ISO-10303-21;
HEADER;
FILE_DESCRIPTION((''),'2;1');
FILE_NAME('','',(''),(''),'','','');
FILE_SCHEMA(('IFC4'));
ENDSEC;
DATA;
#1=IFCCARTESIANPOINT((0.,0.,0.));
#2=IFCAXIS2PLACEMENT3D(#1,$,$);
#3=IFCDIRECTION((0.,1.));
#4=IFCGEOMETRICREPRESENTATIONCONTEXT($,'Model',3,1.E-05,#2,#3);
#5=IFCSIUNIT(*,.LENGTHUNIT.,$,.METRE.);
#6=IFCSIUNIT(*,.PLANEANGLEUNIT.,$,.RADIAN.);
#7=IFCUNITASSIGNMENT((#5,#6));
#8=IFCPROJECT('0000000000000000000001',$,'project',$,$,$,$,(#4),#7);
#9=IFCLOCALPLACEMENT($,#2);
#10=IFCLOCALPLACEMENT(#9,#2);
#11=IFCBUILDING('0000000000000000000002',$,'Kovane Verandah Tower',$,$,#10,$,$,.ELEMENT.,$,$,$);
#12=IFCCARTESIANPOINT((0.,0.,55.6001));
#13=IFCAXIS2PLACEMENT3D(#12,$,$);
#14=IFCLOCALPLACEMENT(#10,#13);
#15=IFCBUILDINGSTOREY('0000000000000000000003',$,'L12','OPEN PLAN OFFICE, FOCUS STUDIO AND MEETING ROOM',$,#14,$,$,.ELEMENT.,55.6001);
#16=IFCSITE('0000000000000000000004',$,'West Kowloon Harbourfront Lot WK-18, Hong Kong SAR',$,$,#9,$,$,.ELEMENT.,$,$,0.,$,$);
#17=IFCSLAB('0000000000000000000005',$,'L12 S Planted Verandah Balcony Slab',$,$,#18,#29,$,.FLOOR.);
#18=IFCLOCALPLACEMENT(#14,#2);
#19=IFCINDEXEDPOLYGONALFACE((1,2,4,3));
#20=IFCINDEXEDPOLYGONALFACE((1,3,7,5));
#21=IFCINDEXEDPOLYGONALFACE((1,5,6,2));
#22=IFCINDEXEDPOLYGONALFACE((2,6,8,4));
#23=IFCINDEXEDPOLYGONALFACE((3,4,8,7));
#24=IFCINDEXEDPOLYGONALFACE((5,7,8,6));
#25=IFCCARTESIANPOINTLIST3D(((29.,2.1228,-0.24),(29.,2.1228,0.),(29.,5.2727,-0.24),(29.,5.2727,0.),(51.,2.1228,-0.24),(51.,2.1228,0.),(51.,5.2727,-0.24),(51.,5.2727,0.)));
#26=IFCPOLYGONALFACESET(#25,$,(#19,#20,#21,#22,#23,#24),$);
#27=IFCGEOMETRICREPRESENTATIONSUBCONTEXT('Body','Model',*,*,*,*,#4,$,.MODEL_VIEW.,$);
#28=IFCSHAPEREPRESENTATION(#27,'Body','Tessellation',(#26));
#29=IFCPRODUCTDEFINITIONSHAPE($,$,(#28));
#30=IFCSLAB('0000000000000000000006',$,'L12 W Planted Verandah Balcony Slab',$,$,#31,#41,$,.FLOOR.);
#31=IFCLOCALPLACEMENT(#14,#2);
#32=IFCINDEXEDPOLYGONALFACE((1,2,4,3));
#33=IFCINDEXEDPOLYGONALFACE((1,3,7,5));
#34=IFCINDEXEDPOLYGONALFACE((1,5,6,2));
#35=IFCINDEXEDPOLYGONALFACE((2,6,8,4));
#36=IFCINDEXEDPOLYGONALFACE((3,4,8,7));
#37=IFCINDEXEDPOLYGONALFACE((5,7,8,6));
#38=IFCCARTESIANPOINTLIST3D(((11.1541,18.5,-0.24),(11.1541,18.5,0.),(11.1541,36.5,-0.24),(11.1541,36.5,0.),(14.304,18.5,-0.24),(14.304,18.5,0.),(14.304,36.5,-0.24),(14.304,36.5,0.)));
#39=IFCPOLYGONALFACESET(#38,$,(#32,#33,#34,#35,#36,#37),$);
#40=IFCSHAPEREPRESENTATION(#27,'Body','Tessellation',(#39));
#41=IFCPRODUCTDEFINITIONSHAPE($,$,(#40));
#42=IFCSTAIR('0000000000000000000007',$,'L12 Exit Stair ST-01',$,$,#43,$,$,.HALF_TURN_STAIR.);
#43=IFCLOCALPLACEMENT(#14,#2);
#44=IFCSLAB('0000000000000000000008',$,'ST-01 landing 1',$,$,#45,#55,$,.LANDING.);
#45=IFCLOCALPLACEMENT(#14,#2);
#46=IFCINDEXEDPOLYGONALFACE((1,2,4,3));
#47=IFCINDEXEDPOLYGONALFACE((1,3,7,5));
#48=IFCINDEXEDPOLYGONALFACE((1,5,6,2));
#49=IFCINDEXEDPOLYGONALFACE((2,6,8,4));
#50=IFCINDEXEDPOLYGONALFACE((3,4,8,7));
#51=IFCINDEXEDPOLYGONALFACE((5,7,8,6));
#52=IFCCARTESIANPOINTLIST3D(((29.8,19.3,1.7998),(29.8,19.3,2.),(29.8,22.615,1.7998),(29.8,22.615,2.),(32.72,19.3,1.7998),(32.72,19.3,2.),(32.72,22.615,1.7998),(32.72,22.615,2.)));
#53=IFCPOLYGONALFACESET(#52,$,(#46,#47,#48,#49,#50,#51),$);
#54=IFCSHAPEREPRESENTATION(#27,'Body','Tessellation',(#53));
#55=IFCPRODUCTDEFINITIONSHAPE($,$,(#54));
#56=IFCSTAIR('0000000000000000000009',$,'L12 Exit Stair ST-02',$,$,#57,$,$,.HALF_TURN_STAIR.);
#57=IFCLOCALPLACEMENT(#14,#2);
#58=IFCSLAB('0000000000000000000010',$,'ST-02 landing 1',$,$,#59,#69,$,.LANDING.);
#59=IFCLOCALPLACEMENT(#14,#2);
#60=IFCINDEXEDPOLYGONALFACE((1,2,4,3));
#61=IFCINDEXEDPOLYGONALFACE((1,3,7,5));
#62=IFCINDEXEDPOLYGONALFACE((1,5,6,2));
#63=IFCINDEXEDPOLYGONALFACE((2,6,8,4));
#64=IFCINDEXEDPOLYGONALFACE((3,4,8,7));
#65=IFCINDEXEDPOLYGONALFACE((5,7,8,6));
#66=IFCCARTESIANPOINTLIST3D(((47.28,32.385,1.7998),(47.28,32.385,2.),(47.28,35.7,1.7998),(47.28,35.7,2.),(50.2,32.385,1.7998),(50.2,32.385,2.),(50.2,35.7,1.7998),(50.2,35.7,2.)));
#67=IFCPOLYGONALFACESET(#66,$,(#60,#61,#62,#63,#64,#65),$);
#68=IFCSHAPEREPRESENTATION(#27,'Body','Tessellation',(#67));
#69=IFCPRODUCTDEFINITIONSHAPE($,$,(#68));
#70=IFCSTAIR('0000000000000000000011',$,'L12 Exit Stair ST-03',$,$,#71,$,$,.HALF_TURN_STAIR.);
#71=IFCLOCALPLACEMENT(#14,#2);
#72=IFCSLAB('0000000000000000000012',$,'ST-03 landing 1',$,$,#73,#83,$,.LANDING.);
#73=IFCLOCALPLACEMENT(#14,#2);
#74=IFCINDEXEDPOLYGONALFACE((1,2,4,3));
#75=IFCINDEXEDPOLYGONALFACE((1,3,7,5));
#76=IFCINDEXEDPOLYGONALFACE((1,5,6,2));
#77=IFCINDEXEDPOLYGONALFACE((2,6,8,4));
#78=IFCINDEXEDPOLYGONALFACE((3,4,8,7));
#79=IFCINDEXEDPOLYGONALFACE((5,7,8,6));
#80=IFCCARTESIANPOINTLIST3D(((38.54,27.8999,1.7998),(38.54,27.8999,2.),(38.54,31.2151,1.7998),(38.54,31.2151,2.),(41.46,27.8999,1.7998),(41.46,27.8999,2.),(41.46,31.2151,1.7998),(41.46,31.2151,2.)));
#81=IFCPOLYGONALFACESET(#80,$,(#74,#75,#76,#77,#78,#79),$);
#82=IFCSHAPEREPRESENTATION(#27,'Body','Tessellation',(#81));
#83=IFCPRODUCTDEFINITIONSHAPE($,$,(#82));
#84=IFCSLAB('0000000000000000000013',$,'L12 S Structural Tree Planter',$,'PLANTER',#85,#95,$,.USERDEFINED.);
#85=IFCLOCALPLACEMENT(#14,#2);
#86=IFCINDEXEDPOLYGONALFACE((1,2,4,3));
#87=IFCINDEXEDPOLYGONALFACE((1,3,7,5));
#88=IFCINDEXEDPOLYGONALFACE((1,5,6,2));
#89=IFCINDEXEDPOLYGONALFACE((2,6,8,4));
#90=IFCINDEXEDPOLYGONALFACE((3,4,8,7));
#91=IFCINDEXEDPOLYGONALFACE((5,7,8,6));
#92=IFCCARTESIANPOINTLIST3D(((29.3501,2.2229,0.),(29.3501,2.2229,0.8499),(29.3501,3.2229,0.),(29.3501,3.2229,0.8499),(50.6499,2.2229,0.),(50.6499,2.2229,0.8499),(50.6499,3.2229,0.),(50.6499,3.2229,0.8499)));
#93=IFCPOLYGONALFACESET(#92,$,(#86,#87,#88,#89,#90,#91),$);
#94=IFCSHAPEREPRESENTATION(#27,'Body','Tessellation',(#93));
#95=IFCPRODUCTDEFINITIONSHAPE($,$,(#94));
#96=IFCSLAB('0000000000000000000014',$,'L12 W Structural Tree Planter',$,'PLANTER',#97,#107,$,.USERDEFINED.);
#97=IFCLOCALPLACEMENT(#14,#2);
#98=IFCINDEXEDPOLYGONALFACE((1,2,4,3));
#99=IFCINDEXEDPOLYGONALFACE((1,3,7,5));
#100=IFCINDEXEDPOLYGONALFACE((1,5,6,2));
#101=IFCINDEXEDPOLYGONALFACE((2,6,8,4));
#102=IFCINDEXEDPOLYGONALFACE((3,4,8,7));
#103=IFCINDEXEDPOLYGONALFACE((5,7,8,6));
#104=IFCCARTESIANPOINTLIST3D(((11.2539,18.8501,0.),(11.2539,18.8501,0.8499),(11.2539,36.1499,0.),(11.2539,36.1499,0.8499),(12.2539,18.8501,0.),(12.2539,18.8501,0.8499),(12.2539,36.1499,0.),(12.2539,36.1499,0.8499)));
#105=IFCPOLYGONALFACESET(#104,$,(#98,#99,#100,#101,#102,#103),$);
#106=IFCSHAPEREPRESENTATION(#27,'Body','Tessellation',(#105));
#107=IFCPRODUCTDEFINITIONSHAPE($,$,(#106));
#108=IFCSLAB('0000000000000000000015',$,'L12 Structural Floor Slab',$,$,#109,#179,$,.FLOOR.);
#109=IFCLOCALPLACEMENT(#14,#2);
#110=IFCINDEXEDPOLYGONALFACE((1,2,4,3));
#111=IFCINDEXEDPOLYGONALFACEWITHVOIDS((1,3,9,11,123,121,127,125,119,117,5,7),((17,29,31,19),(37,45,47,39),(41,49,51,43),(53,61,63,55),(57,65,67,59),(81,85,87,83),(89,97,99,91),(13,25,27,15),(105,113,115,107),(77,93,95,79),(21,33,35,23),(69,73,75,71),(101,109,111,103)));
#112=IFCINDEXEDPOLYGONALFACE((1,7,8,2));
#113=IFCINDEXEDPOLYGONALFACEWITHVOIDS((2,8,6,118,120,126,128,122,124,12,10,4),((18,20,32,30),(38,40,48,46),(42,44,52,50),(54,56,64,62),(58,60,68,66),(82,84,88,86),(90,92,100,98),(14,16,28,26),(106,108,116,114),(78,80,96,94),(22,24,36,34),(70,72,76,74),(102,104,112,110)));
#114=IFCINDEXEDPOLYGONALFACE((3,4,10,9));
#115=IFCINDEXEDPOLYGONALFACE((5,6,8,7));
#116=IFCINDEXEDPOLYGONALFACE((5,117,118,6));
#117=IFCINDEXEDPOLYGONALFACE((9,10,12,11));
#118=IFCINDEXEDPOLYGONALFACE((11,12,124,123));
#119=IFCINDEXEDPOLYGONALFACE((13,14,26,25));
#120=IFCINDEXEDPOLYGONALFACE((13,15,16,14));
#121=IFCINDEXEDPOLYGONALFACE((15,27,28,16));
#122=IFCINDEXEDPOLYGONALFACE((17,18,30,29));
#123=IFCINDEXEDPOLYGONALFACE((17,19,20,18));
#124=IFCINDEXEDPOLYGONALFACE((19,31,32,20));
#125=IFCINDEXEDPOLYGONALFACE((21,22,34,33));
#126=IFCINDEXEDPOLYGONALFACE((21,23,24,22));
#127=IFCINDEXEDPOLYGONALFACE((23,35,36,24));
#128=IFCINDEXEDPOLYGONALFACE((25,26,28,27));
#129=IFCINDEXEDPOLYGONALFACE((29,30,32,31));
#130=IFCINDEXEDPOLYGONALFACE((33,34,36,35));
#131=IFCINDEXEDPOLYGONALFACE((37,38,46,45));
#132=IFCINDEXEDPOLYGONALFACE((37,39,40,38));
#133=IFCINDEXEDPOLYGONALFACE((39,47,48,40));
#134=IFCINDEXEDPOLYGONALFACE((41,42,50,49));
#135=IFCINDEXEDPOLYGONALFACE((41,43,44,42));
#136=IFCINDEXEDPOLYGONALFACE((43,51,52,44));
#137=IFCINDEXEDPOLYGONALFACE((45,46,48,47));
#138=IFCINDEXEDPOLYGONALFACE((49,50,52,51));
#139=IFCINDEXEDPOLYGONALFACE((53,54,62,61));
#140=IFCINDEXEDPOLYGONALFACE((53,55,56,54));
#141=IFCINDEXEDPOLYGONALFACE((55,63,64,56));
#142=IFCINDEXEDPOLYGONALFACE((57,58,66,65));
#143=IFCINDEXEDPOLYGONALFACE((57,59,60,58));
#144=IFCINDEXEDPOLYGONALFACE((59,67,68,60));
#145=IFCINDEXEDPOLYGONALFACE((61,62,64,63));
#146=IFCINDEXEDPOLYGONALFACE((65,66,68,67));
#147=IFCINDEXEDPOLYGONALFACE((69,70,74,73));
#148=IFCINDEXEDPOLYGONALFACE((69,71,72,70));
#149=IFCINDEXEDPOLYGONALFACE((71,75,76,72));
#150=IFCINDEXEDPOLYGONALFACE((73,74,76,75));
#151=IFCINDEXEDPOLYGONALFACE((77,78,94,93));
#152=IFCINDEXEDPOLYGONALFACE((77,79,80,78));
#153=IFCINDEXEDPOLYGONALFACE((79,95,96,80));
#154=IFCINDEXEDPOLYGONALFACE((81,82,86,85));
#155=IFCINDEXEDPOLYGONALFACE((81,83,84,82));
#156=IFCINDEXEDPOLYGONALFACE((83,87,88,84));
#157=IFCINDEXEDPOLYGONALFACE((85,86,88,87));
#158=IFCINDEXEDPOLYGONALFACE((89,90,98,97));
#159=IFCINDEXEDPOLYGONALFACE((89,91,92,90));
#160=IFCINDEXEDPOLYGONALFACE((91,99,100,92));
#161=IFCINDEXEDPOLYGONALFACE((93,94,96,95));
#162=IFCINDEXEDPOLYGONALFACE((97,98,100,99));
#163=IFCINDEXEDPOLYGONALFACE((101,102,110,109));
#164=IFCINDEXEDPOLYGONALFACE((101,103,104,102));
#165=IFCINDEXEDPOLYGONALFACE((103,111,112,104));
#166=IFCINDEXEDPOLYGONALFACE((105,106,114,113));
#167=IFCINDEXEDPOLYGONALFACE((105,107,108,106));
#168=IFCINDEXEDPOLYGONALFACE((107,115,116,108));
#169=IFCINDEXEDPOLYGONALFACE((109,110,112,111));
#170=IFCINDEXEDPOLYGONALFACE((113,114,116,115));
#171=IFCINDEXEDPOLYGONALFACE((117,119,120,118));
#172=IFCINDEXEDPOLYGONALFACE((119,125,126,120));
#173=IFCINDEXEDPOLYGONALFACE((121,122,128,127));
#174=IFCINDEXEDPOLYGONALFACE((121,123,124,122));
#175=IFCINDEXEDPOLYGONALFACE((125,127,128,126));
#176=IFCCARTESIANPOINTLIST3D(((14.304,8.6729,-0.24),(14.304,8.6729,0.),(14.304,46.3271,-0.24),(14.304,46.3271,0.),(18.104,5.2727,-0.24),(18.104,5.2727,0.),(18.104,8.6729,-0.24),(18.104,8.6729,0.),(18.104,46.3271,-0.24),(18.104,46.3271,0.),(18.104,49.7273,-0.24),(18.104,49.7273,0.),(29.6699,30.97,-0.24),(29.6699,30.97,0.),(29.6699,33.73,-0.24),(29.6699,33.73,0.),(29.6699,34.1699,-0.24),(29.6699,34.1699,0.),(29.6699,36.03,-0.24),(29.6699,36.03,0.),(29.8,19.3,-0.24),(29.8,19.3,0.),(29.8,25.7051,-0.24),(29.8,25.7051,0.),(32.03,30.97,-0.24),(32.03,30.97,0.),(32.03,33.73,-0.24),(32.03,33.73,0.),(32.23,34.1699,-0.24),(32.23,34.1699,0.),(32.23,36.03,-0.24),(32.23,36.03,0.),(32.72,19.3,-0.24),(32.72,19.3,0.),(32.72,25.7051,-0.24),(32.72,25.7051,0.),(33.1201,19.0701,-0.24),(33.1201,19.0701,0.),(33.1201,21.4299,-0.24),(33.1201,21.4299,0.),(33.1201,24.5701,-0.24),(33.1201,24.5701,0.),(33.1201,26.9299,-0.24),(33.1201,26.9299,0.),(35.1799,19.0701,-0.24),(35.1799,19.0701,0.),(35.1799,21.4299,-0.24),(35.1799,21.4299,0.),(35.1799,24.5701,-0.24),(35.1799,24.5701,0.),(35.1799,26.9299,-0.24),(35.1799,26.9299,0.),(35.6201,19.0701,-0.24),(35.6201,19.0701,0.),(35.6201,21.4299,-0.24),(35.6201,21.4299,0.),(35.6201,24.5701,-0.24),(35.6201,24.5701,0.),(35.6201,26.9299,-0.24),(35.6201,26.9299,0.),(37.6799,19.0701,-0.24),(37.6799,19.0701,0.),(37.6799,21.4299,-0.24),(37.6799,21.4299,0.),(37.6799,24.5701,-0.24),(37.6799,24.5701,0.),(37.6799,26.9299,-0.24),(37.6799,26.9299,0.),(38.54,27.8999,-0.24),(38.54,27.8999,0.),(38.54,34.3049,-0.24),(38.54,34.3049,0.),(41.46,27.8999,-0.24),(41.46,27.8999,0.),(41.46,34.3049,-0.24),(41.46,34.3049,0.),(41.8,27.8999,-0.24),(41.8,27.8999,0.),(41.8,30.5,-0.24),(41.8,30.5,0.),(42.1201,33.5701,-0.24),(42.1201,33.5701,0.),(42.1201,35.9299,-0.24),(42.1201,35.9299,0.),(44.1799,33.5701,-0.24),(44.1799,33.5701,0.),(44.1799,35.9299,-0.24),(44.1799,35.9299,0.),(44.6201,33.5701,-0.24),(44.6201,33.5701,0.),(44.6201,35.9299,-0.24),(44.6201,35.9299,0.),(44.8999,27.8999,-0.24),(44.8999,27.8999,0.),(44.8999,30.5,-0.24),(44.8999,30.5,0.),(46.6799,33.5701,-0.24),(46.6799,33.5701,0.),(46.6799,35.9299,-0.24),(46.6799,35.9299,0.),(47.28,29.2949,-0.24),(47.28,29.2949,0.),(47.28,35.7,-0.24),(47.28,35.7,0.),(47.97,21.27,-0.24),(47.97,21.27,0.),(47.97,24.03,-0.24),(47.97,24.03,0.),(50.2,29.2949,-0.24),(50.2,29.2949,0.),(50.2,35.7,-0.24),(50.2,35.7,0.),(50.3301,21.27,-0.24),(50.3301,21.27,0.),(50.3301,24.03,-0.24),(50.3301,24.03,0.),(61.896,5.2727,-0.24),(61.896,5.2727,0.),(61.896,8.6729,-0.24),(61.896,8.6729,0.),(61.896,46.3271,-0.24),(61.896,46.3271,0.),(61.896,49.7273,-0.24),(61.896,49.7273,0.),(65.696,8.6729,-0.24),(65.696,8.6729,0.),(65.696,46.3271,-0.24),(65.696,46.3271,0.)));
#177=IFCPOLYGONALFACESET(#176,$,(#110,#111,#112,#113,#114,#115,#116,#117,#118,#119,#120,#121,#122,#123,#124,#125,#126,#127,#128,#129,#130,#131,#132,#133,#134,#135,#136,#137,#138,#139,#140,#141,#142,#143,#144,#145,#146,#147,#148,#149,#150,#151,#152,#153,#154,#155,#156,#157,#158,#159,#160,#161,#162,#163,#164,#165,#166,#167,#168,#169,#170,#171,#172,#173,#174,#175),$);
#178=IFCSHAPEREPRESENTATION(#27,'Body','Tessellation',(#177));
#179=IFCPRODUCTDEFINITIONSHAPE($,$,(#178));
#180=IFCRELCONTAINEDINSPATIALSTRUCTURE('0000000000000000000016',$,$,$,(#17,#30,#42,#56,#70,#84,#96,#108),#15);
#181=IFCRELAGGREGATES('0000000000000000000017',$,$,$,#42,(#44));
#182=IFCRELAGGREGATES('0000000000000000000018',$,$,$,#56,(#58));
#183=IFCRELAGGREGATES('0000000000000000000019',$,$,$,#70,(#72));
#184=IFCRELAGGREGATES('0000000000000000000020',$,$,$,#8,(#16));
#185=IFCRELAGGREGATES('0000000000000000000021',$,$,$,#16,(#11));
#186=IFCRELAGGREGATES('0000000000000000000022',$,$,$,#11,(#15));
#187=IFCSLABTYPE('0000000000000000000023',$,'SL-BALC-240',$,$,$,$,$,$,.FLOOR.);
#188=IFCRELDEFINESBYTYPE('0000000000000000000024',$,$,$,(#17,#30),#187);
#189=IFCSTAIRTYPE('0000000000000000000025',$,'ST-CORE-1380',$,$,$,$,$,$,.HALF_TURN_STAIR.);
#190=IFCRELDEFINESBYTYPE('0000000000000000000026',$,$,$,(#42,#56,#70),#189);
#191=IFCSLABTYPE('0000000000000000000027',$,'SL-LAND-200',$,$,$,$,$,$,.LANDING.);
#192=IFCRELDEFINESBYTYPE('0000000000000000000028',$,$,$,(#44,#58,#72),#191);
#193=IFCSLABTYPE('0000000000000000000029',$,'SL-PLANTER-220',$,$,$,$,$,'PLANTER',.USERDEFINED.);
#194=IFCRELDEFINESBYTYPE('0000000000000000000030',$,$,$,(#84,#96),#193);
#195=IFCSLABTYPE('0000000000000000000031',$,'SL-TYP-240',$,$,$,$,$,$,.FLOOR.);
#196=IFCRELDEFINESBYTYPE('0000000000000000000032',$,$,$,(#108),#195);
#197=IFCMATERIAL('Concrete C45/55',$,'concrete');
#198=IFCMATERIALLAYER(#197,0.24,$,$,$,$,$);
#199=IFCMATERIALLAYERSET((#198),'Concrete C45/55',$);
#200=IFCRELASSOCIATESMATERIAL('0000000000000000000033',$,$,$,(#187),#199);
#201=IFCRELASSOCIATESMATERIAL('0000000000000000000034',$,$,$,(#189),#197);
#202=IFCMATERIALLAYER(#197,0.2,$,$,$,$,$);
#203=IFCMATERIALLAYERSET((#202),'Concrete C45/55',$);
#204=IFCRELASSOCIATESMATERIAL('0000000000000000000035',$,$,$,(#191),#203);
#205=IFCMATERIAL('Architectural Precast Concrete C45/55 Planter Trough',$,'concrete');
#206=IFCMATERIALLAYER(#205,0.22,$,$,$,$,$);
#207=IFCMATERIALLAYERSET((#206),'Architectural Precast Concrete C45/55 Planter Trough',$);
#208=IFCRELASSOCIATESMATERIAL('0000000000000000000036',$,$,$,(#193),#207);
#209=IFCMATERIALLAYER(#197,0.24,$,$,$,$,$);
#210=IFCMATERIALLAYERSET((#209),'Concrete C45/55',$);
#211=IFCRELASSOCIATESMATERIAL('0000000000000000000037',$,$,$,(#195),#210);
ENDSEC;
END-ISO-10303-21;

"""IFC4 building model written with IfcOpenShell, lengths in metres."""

from ifc_helpers import new_model, si_unit, direction, frame, origin, place, context, subcontext, project, spatial, polyline, outline, extrude, material, layer, layer_set, type_object, element, aggregate, save


model = new_model("IFC4")

# Units and contexts
model_context = context("Model", 3, precision=1e-05, world=origin(), true_north=direction((0.0, 1.0)))
body_context = subcontext(model_context, "Body", "Model", "MODEL_VIEW")
ifc_project = project(units=[si_unit("LENGTHUNIT", "METRE"), si_unit("PLANEANGLEUNIT", "RADIAN")], contexts=[model_context])

# Site, building, storey
site_placement = place(None, origin())
site = spatial("IfcSite", under=ifc_project, at=site_placement, Name="West Kowloon Harbourfront Lot WK-18, Hong Kong SAR", CompositionType="ELEMENT", RefElevation=0.0)
building_placement = place(site_placement, origin())
building = spatial("IfcBuilding", under=site, at=building_placement, Name="Kovane Verandah Tower", CompositionType="ELEMENT")
storey_placement = place(building_placement, frame((0.0, 0.0, 55.6001)))
storey = spatial("IfcBuildingStorey", under=building, at=storey_placement, Name="L12", Description="OPEN PLAN OFFICE, FOCUS STUDIO AND MEETING ROOM", CompositionType="ELEMENT", Elevation=55.6001)

# Slabs
ifc_material_1 = material(Name="Concrete C45/55", Category="concrete")
ifc_layer_1 = layer(ifc_material_1, 0.24)
ifc_layer_set_1 = layer_set([ifc_layer_1], Name="Concrete C45/55")
slab_type_1 = type_object("IfcSlabType", Name="SL-BALC-240", PredefinedType="FLOOR", material=ifc_layer_set_1)
slab_1_placement = place(storey_placement, frame((0.0, 0.0, -0.24)))
element("IfcSlab", 1, at=slab_1_placement, inside=storey, type_object=slab_type_1, Name="L12 S Planted Verandah Balcony Slab", PredefinedType="FLOOR", context=body_context, shape_type="SweptSolid", body=[
    extrude(outline(polyline([(29.0, 2.1228), (51.0, 2.1228), (51.0, 5.2727), (29.0, 5.2727), (29.0, 2.1228)])), origin(), (0.0, 0.0, 1.0), 0.24),
])
slab_2_placement = place(storey_placement, frame((0.0, 0.0, -0.24)))
element("IfcSlab", 2, at=slab_2_placement, inside=storey, type_object=slab_type_1, Name="L12 W Planted Verandah Balcony Slab", PredefinedType="FLOOR", context=body_context, shape_type="SweptSolid", body=[
    extrude(outline(polyline([(11.1541, 18.5), (14.304, 18.5), (14.304, 36.5), (11.1541, 36.5), (11.1541, 18.5)])), origin(), (0.0, 0.0, 1.0), 0.24),
])

# Stairs, slabs
stair_type = type_object("IfcStairType", Name="ST-CORE-1380", PredefinedType="HALF_TURN_STAIR", material=ifc_material_1)
stair_1_placement = place(storey_placement, origin())
stair_1 = element("IfcStair", 3, at=stair_1_placement, inside=storey, type_object=stair_type, Name="L12 Exit Stair ST-01", PredefinedType="HALF_TURN_STAIR")
ifc_layer_2 = layer(ifc_material_1, 0.2)
ifc_layer_set_2 = layer_set([ifc_layer_2], Name="Concrete C45/55")
slab_type_2 = type_object("IfcSlabType", Name="SL-LAND-200", PredefinedType="LANDING", material=ifc_layer_set_2)
slab_3_placement = place(storey_placement, frame((0.0, 0.0, 1.7998)))
slab_3 = element("IfcSlab", 4, at=slab_3_placement, type_object=slab_type_2, Name="ST-01 landing 1", PredefinedType="LANDING", context=body_context, shape_type="SweptSolid", body=[
    extrude(outline(polyline([(29.8, 22.615), (29.8, 19.3), (32.72, 19.3), (32.72, 22.615), (29.8, 22.615)])), origin(), (0.0, 0.0, 1.0), 0.2002),
])
aggregate(stair_1, [slab_3])
stair_2_placement = place(storey_placement, origin())
stair_2 = element("IfcStair", 5, at=stair_2_placement, inside=storey, type_object=stair_type, Name="L12 Exit Stair ST-02", PredefinedType="HALF_TURN_STAIR")
slab_4_placement = place(storey_placement, frame((0.0, 0.0, 1.7998)))
slab_4 = element("IfcSlab", 6, at=slab_4_placement, type_object=slab_type_2, Name="ST-02 landing 1", PredefinedType="LANDING", context=body_context, shape_type="SweptSolid", body=[
    extrude(outline(polyline([(50.2, 32.385), (50.2, 35.7), (47.28, 35.7), (47.28, 32.385), (50.2, 32.385)])), origin(), (0.0, 0.0, 1.0), 0.2002),
])
aggregate(stair_2, [slab_4])
stair_3_placement = place(storey_placement, origin())
stair_3 = element("IfcStair", 7, at=stair_3_placement, inside=storey, type_object=stair_type, Name="L12 Exit Stair ST-03", PredefinedType="HALF_TURN_STAIR")
slab_5_placement = place(storey_placement, frame((0.0, 0.0, 1.7998)))
slab_5 = element("IfcSlab", 8, at=slab_5_placement, type_object=slab_type_2, Name="ST-03 landing 1", PredefinedType="LANDING", context=body_context, shape_type="SweptSolid", body=[
    extrude(outline(polyline([(38.54, 31.2151), (38.54, 27.8999), (41.46, 27.8999), (41.46, 31.2151), (38.54, 31.2151)])), origin(), (0.0, 0.0, 1.0), 0.2002),
])
aggregate(stair_3, [slab_5])

# Slabs
ifc_material_2 = material(Name="Architectural Precast Concrete C45/55 Planter Trough", Category="concrete")
ifc_layer_3 = layer(ifc_material_2, 0.22)
ifc_layer_set_3 = layer_set([ifc_layer_3], Name="Architectural Precast Concrete C45/55 Planter Trough")
slab_type_3 = type_object("IfcSlabType", Name="SL-PLANTER-220", ElementType="PLANTER", PredefinedType="USERDEFINED", material=ifc_layer_set_3)
slab_6_placement = place(storey_placement, origin())
element("IfcSlab", 9, at=slab_6_placement, inside=storey, type_object=slab_type_3, Name="L12 S Structural Tree Planter", ObjectType="PLANTER", PredefinedType="USERDEFINED", context=body_context, shape_type="SweptSolid", body=[
    extrude(outline(polyline([(29.3501, 2.2229), (50.6499, 2.2229), (50.6499, 3.2229), (29.3501, 3.2229), (29.3501, 2.2229)])), origin(), (0.0, 0.0, 1.0), 0.8499),
])
slab_7_placement = place(storey_placement, origin())
element("IfcSlab", 10, at=slab_7_placement, inside=storey, type_object=slab_type_3, Name="L12 W Structural Tree Planter", ObjectType="PLANTER", PredefinedType="USERDEFINED", context=body_context, shape_type="SweptSolid", body=[
    extrude(outline(polyline([(11.2539, 18.8501), (12.2539, 18.8501), (12.2539, 36.1499), (11.2539, 36.1499), (11.2539, 18.8501)])), origin(), (0.0, 0.0, 1.0), 0.8499),
])
ifc_layer_4 = layer(ifc_material_1, 0.24)
ifc_layer_set_4 = layer_set([ifc_layer_4], Name="Concrete C45/55")
slab_type_4 = type_object("IfcSlabType", Name="SL-TYP-240", PredefinedType="FLOOR", material=ifc_layer_set_4)
slab_8_placement = place(storey_placement, frame((0.0, 0.0, -0.24)))
element("IfcSlab", 11, at=slab_8_placement, inside=storey, type_object=slab_type_4, Name="L12 Structural Floor Slab", PredefinedType="FLOOR", context=body_context, shape_type="SweptSolid", body=[
    extrude(outline(polyline([(18.104, 5.2727), (61.896, 5.2727), (61.896, 8.6729), (65.696, 8.6729), (65.696, 46.3271), (61.896, 46.3271), (61.896, 49.7273), (18.104, 49.7273), (18.104, 46.3271), (14.304, 46.3271), (14.304, 8.6729), (18.104, 8.6729), (18.104, 5.2727)]), holes=[polyline([(29.8, 19.3), (32.72, 19.3), (32.72, 25.7051), (29.8, 25.7051), (29.8, 19.3)]), polyline([(47.28, 29.2949), (50.2, 29.2949), (50.2, 35.7), (47.28, 35.7), (47.28, 29.2949)]), polyline([(38.54, 27.8999), (41.46, 27.8999), (41.46, 34.3049), (38.54, 34.3049), (38.54, 27.8999)]), polyline([(29.6699, 30.97), (32.03, 30.97), (32.03, 33.73), (29.6699, 33.73), (29.6699, 30.97)]), polyline([(47.97, 21.27), (50.3301, 21.27), (50.3301, 24.03), (47.97, 24.03), (47.97, 21.27)]), polyline([(29.6699, 34.1699), (32.23, 34.1699), (32.23, 36.03), (29.6699, 36.03), (29.6699, 34.1699)]), polyline([(33.1201, 19.0701), (35.1799, 19.0701), (35.1799, 21.4299), (33.1201, 21.4299), (33.1201, 19.0701)]), polyline([(35.6201, 19.0701), (37.6799, 19.0701), (37.6799, 21.4299), (35.6201, 21.4299), (35.6201, 19.0701)]), polyline([(33.1201, 24.5701), (35.1799, 24.5701), (35.1799, 26.9299), (33.1201, 26.9299), (33.1201, 24.5701)]), polyline([(35.6201, 24.5701), (37.6799, 24.5701), (37.6799, 26.9299), (35.6201, 26.9299), (35.6201, 24.5701)]), polyline([(42.1201, 33.5701), (44.1799, 33.5701), (44.1799, 35.9299), (42.1201, 35.9299), (42.1201, 33.5701)]), polyline([(44.6201, 33.5701), (46.6799, 33.5701), (46.6799, 35.9299), (44.6201, 35.9299), (44.6201, 33.5701)]), polyline([(41.8, 27.8999), (44.8999, 27.8999), (44.8999, 30.5), (41.8, 30.5), (41.8, 27.8999)])]), origin(), (0.0, 0.0, 1.0), 0.24),
])

save(model, "model.ifc")
